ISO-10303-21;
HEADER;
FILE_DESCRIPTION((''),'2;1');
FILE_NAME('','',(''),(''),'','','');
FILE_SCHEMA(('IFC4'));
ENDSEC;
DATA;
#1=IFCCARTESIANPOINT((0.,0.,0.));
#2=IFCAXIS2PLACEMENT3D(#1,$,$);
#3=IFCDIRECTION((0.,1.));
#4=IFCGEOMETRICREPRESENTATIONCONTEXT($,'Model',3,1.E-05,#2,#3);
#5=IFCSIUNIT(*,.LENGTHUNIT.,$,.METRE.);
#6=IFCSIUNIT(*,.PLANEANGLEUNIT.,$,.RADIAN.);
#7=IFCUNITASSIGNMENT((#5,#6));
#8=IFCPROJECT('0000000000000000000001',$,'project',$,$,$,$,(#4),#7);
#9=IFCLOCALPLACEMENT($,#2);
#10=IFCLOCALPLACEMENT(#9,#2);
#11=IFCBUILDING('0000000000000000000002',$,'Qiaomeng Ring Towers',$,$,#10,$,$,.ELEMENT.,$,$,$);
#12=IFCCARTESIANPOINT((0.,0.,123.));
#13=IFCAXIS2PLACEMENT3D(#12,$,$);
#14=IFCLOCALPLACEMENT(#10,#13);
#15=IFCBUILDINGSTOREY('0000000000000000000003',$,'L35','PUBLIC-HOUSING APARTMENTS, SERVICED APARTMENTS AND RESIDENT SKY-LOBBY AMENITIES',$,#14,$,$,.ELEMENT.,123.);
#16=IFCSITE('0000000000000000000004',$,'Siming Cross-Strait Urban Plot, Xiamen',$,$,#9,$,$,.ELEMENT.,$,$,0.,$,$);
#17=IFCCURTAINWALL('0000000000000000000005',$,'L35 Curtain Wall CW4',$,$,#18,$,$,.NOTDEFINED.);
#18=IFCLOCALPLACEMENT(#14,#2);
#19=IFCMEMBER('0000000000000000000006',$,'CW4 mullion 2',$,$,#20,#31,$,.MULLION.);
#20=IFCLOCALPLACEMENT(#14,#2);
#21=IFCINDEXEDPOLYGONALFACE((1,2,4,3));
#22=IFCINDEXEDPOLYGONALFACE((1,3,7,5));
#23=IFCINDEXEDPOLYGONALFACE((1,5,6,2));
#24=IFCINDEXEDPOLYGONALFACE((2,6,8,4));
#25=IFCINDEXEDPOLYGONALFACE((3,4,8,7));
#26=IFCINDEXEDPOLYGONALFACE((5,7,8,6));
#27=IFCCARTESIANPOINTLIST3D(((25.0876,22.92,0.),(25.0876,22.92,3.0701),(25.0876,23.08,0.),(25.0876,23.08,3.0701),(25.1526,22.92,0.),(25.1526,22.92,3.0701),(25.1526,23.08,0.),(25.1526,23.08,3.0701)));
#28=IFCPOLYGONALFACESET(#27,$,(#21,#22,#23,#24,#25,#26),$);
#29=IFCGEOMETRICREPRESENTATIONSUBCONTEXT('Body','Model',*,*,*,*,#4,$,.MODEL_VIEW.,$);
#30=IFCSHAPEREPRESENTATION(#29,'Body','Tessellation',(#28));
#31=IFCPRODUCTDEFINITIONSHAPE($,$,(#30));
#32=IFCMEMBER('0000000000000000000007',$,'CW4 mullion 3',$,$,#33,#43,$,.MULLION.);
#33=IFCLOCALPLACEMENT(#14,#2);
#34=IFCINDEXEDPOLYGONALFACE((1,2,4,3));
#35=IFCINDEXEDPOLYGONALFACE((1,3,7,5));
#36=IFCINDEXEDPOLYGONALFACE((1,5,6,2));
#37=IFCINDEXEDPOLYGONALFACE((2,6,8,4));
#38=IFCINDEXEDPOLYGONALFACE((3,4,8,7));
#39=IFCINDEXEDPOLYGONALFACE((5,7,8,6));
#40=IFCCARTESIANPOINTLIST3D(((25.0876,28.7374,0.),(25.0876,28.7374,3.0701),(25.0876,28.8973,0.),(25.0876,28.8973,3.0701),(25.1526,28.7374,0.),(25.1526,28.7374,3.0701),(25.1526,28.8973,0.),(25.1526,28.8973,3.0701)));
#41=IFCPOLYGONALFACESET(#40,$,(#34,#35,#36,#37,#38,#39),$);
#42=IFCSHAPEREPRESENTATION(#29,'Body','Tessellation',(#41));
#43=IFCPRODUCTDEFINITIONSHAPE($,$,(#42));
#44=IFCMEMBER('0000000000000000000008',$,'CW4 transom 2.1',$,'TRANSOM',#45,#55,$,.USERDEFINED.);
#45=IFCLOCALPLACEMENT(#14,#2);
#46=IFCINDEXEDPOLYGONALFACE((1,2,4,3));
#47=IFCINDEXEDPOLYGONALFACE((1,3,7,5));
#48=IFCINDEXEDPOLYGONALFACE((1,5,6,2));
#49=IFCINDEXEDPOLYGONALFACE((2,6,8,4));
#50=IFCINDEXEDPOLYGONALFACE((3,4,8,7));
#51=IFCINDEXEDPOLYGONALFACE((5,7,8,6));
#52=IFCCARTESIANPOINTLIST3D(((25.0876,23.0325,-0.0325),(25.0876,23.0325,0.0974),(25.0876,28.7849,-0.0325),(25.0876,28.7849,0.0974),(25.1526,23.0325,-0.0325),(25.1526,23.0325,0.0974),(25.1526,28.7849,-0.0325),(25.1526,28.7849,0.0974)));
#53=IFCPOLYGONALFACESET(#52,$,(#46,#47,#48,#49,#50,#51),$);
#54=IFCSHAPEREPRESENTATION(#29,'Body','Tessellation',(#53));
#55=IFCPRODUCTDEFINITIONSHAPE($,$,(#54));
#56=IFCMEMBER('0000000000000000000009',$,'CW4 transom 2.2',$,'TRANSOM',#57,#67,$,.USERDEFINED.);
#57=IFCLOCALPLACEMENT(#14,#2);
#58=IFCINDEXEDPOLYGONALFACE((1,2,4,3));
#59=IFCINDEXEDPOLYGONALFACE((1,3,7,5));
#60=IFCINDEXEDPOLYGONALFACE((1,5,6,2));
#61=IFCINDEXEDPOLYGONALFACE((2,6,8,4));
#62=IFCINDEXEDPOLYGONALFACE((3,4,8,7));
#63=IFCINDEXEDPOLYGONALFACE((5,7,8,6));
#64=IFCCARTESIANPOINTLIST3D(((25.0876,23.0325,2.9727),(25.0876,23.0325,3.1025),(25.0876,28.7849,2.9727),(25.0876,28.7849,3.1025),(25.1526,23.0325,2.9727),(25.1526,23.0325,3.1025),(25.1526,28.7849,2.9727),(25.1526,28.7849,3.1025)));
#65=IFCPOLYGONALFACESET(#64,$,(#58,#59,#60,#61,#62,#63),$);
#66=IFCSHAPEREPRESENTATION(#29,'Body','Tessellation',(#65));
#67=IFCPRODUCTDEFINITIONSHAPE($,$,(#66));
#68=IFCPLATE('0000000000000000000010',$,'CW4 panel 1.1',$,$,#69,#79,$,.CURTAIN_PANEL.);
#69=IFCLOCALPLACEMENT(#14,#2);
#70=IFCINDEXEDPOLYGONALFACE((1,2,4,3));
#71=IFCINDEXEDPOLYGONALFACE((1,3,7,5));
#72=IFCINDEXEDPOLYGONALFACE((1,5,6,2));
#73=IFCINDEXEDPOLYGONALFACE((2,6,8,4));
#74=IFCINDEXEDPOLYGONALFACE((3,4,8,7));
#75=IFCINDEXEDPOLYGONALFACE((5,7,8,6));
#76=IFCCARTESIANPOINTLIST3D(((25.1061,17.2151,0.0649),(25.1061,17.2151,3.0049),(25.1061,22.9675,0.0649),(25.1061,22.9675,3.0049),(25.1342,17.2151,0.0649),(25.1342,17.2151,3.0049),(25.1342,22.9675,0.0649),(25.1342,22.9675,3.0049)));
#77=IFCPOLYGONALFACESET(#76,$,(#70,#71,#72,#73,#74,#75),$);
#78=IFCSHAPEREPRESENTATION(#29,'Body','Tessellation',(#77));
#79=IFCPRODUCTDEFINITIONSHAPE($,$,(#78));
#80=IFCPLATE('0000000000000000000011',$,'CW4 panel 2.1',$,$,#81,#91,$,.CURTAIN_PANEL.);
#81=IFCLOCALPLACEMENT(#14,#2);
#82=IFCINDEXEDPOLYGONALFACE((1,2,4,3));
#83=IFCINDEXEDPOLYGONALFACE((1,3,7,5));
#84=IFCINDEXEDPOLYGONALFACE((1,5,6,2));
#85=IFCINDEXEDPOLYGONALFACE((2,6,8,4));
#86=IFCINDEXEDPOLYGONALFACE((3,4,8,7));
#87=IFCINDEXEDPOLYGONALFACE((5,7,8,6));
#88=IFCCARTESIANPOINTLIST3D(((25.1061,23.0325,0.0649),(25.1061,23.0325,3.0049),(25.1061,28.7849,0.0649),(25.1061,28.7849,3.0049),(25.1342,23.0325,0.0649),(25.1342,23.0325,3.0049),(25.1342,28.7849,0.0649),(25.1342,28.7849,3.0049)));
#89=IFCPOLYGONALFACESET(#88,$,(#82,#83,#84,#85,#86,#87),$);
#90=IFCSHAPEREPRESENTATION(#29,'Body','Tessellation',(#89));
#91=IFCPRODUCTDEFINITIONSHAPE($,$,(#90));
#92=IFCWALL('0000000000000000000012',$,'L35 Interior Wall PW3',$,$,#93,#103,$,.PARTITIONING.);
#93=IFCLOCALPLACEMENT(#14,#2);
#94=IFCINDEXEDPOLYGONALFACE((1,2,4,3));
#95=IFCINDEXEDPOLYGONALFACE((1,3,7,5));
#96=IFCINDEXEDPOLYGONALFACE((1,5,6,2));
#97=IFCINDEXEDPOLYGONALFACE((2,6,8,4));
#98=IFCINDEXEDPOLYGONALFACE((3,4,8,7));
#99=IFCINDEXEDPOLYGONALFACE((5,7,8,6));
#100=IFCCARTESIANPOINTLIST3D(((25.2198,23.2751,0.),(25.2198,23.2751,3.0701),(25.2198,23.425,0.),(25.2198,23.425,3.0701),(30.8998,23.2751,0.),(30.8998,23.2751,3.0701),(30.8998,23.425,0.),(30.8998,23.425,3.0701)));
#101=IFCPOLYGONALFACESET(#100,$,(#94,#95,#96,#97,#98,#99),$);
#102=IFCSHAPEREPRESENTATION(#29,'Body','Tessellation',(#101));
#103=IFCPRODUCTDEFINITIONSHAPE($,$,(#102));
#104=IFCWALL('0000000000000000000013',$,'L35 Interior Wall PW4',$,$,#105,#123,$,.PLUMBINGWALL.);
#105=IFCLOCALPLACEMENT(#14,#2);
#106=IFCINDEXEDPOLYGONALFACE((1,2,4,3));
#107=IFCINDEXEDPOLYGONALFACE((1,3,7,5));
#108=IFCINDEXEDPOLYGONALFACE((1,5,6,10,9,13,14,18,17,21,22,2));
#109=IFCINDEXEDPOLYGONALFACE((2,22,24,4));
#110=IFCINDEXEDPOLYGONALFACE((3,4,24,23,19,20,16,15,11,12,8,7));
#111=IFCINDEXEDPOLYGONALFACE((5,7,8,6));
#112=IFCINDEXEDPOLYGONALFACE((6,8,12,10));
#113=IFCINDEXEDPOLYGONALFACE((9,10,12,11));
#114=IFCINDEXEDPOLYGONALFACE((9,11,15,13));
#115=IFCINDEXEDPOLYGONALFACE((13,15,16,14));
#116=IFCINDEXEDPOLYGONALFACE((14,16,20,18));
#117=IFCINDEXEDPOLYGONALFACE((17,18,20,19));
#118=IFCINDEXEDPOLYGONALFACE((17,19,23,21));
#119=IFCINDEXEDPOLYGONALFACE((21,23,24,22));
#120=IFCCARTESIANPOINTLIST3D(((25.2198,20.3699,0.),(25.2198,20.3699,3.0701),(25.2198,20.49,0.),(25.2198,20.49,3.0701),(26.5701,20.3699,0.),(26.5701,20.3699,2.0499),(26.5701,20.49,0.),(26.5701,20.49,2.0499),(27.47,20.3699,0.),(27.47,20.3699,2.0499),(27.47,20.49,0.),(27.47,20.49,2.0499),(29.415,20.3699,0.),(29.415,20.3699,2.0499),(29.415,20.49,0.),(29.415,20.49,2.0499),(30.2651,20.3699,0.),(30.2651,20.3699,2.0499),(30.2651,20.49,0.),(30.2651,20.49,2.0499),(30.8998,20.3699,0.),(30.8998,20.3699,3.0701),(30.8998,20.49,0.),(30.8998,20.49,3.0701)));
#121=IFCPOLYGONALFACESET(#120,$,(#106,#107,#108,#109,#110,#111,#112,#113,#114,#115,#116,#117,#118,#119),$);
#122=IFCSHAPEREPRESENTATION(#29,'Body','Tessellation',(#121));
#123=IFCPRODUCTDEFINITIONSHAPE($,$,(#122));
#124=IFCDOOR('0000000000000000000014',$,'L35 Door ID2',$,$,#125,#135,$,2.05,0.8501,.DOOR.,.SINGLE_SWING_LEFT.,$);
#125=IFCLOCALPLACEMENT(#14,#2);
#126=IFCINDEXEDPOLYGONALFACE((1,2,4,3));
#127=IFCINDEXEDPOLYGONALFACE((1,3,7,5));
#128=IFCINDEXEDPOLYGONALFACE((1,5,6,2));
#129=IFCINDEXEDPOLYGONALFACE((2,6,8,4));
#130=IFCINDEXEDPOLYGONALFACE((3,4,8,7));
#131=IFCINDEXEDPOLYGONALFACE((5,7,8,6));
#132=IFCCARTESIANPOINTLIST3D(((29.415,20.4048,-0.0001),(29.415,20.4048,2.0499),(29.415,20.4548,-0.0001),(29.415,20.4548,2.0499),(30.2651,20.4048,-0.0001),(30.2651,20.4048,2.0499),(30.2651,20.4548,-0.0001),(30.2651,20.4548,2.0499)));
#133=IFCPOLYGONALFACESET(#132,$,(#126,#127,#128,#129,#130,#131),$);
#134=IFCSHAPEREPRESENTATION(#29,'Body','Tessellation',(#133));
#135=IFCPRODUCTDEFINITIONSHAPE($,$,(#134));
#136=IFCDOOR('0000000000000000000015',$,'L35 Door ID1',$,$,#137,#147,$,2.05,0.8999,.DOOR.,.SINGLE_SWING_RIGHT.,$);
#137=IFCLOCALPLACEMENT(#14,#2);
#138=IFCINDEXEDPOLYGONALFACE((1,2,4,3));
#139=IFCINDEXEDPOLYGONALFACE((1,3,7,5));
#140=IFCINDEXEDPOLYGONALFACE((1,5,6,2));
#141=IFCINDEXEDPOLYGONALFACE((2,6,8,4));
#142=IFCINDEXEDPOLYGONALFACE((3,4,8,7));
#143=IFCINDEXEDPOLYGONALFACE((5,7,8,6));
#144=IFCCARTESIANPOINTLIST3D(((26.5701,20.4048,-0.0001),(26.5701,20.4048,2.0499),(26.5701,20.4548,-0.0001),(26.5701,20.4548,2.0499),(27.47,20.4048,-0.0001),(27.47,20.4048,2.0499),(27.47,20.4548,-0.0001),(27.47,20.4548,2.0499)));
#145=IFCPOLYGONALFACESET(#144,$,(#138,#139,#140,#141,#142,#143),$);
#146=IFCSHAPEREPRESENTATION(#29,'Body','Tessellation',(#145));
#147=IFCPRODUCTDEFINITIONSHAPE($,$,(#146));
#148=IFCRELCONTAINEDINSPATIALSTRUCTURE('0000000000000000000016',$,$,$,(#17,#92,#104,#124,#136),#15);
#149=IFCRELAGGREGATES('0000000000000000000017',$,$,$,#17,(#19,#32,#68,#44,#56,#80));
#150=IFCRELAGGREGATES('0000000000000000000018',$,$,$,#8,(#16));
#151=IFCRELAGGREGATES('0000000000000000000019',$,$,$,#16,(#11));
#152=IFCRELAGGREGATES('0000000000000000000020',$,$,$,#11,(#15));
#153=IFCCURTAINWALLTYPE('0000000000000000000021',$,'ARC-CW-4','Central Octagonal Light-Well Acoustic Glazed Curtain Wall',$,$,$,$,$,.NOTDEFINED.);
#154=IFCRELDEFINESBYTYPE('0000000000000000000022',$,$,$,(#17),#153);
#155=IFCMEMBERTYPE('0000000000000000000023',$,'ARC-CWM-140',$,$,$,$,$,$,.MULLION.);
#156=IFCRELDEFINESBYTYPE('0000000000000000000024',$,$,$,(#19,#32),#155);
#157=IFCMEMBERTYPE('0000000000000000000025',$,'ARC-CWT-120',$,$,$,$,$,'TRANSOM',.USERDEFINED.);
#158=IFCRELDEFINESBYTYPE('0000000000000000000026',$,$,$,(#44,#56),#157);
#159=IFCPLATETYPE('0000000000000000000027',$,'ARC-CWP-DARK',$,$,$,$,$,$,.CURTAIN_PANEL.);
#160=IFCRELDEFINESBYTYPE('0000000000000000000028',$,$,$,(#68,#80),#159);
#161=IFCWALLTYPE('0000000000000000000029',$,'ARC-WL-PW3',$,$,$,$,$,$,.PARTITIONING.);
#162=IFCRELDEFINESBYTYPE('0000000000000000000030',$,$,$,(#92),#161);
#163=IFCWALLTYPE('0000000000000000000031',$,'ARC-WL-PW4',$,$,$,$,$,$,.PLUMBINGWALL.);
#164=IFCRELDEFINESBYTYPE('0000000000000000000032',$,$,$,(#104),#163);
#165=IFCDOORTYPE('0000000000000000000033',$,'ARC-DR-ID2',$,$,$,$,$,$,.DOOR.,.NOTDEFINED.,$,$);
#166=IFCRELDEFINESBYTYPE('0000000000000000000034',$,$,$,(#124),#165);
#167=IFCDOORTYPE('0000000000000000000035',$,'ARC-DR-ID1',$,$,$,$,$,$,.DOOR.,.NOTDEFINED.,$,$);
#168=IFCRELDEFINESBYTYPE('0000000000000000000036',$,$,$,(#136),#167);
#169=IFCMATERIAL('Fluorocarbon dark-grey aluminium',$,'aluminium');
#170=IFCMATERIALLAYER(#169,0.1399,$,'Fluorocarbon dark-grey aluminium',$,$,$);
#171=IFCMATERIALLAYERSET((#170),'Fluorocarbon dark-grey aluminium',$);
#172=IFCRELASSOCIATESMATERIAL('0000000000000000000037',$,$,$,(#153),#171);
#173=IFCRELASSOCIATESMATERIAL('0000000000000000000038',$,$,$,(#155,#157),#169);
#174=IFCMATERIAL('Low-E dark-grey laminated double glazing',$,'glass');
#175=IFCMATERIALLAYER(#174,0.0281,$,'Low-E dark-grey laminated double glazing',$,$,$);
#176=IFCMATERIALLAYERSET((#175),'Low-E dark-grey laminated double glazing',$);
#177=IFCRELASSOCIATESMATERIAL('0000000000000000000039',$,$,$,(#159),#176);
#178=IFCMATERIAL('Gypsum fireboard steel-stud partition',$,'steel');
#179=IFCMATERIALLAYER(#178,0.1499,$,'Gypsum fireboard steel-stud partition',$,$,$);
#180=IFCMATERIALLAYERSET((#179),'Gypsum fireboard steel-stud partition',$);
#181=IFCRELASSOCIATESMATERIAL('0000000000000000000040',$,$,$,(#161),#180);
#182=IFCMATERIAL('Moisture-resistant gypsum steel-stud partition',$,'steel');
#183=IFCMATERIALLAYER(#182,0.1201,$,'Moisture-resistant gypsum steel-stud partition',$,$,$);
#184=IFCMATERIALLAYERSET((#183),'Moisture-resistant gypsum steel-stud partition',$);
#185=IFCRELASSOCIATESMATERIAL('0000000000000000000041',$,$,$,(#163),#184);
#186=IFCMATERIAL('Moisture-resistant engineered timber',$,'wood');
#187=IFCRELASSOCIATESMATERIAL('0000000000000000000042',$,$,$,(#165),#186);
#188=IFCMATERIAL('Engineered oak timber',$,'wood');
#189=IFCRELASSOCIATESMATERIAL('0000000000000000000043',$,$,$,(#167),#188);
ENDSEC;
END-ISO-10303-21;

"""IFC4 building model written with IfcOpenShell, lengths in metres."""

from ifc_helpers import new_model, si_unit, direction, frame, frame_2d, origin, origin_2d, place, context, subcontext, project, spatial, rectangle, extrude, source, transform, mapped, material, layer, layer_set, material_profile, profile_set, type_object, element, fill, aggregate, save


model = new_model("IFC4")

# Units and contexts
model_context = context("Model", 3, precision=1e-05, world=origin(), true_north=direction((0.0, 1.0)))
body_context = subcontext(model_context, "Body", "Model", "MODEL_VIEW")
ifc_project = project(units=[si_unit("LENGTHUNIT", "METRE"), si_unit("PLANEANGLEUNIT", "RADIAN")], contexts=[model_context])

# Site, building, storey
site_placement = place(None, origin())
site = spatial("IfcSite", under=ifc_project, at=site_placement, Name="Siming Cross-Strait Urban Plot, Xiamen", CompositionType="ELEMENT", RefElevation=0.0)
building_placement = place(site_placement, origin())
building = spatial("IfcBuilding", under=site, at=building_placement, Name="Qiaomeng Ring Towers", CompositionType="ELEMENT")
storey_placement = place(building_placement, frame((0.0, 0.0, 123.0)))
storey = spatial("IfcBuildingStorey", under=building, at=storey_placement, Name="L35", Description="PUBLIC-HOUSING APARTMENTS, SERVICED APARTMENTS AND RESIDENT SKY-LOBBY AMENITIES", CompositionType="ELEMENT", Elevation=123.0)

# Curtain wall, members, plates
ifc_material_1 = material(Name="Fluorocarbon dark-grey aluminium", Category="aluminium")
ifc_layer_1 = layer(ifc_material_1, 0.1399, Name="Fluorocarbon dark-grey aluminium")
ifc_layer_set_1 = layer_set([ifc_layer_1], Name="Fluorocarbon dark-grey aluminium")
curtain_wall_type = type_object("IfcCurtainWallType", Name="ARC-CW-4", Description="Central Octagonal Light-Well Acoustic Glazed Curtain Wall", PredefinedType="NOTDEFINED", material=ifc_layer_set_1)
curtain_wall_placement = place(storey_placement, origin())
curtain_wall = element("IfcCurtainWall", 1, at=curtain_wall_placement, inside=storey, type_object=curtain_wall_type, Name="L35 Curtain Wall CW4", PredefinedType="NOTDEFINED")
ifc_material_profile_1 = material_profile(ifc_material_1, rectangle(XDim=0.0649, YDim=0.1599, at=origin_2d()), Name="ALU MULL 65x160")
ifc_profile_set_1 = profile_set([ifc_material_profile_1], Name="Fluorocarbon dark-grey aluminium")
member_type_1 = type_object("IfcMemberType", Name="ARC-CWM-140", PredefinedType="MULLION", material=ifc_profile_set_1)
shared_shape_1 = source(origin(), body_context, "Body", "SweptSolid", [
    extrude(rectangle(XDim=0.0649, YDim=0.1599, at=origin_2d()), origin(), (0.0, 0.0, 1.0), 3.0701),
])
member_1_placement = place(storey_placement, frame((25.1201, 23.0, 0.0), z_axis=(0.0, 0.0, 1.0), x_axis=(-1.0, 0.0, 0.0)))
member_1 = element("IfcMember", 2, at=member_1_placement, type_object=member_type_1, Name="CW4 mullion 2", PredefinedType="MULLION", context=body_context, shape_type="MappedRepresentation", body=[
    mapped(shared_shape_1, transform((0.0, 0.0, 0.0), x_axis=(1.0, 0.0, 0.0), y_axis=(0.0, 1.0, 0.0), z_axis=(0.0, 0.0, 1.0), scale=1.0)),
])
member_2_placement = place(storey_placement, frame((25.1201, 28.8174, 0.0), z_axis=(0.0, 0.0, 1.0), x_axis=(-1.0, 0.0, 0.0)))
member_2 = element("IfcMember", 3, at=member_2_placement, type_object=member_type_1, Name="CW4 mullion 3", PredefinedType="MULLION", context=body_context, shape_type="MappedRepresentation", body=[
    mapped(shared_shape_1, transform((0.0, 0.0, 0.0), x_axis=(1.0, 0.0, 0.0), y_axis=(0.0, 1.0, 0.0), z_axis=(0.0, 0.0, 1.0), scale=1.0)),
])
ifc_material_profile_2 = material_profile(ifc_material_1, rectangle(XDim=0.0649, YDim=0.1299, at=origin_2d()), Name="ALU TRAN 65x130")
ifc_profile_set_2 = profile_set([ifc_material_profile_2], Name="Fluorocarbon dark-grey aluminium")
member_type_2 = type_object("IfcMemberType", Name="ARC-CWT-120", ElementType="TRANSOM", PredefinedType="USERDEFINED", material=ifc_profile_set_2)
shared_shape_2 = source(origin(), body_context, "Body", "SweptSolid", [
    extrude(rectangle(XDim=0.0649, YDim=0.1299, at=origin_2d()), origin(), (0.0, 0.0, 1.0), 5.7524),
])
member_3_placement = place(storey_placement, frame((25.1201, 23.0325, 0.0325), z_axis=(0.0, 1.0, 0.0), x_axis=(-1.0, 0.0, 0.0)))
member_3 = element("IfcMember", 4, at=member_3_placement, type_object=member_type_2, Name="CW4 transom 2.1", ObjectType="TRANSOM", PredefinedType="USERDEFINED", context=body_context, shape_type="MappedRepresentation", body=[
    mapped(shared_shape_2, transform((0.0, 0.0, 0.0), x_axis=(1.0, 0.0, 0.0), y_axis=(0.0, 1.0, 0.0), z_axis=(0.0, 0.0, 1.0), scale=1.0)),
])
member_4_placement = place(storey_placement, frame((25.1201, 23.0325, 3.0376), z_axis=(0.0, 1.0, 0.0), x_axis=(-1.0, 0.0, 0.0)))
member_4 = element("IfcMember", 5, at=member_4_placement, type_object=member_type_2, Name="CW4 transom 2.2", ObjectType="TRANSOM", PredefinedType="USERDEFINED", context=body_context, shape_type="MappedRepresentation", body=[
    mapped(shared_shape_2, transform((0.0, 0.0, 0.0), x_axis=(1.0, 0.0, 0.0), y_axis=(0.0, 1.0, 0.0), z_axis=(0.0, 0.0, 1.0), scale=1.0)),
])
ifc_material_2 = material(Name="Low-E dark-grey laminated double glazing", Category="glass")
ifc_layer_2 = layer(ifc_material_2, 0.0281, Name="Low-E dark-grey laminated double glazing")
ifc_layer_set_2 = layer_set([ifc_layer_2], Name="Low-E dark-grey laminated double glazing")
plate_type = type_object("IfcPlateType", Name="ARC-CWP-DARK", PredefinedType="CURTAIN_PANEL", material=ifc_layer_set_2)
shared_shape_3 = source(origin(), body_context, "Body", "SweptSolid", [
    extrude(rectangle(XDim=5.7524, YDim=0.0281, at=origin_2d()), origin(), (0.0, 0.0, 1.0), 2.9399),
])
plate_1_placement = place(storey_placement, frame((25.1201, 20.0913, 0.0649), z_axis=(0.0, 0.0, 1.0), x_axis=(0.0, 1.0, 0.0)))
plate_1 = element("IfcPlate", 6, at=plate_1_placement, type_object=plate_type, Name="CW4 panel 1.1", PredefinedType="CURTAIN_PANEL", context=body_context, shape_type="MappedRepresentation", body=[
    mapped(shared_shape_3, transform((0.0, 0.0, 0.0), x_axis=(1.0, 0.0, 0.0), y_axis=(0.0, 1.0, 0.0), z_axis=(0.0, 0.0, 1.0), scale=1.0)),
])
plate_2_placement = place(storey_placement, frame((25.1201, 25.9087, 0.0649), z_axis=(0.0, 0.0, 1.0), x_axis=(0.0, 1.0, 0.0)))
plate_2 = element("IfcPlate", 7, at=plate_2_placement, type_object=plate_type, Name="CW4 panel 2.1", PredefinedType="CURTAIN_PANEL", context=body_context, shape_type="MappedRepresentation", body=[
    mapped(shared_shape_3, transform((0.0, 0.0, 0.0), x_axis=(1.0, 0.0, 0.0), y_axis=(0.0, 1.0, 0.0), z_axis=(0.0, 0.0, 1.0), scale=1.0)),
])
aggregate(curtain_wall, [member_1, member_2, plate_1, member_3, member_4, plate_2])

# Wall
ifc_material_3 = material(Name="Gypsum fireboard steel-stud partition", Category="steel")
ifc_layer_3 = layer(ifc_material_3, 0.1499, Name="Gypsum fireboard steel-stud partition")
ifc_layer_set_3 = layer_set([ifc_layer_3], Name="Gypsum fireboard steel-stud partition")
wall_type_1 = type_object("IfcWallType", Name="ARC-WL-PW3", PredefinedType="PARTITIONING", material=ifc_layer_set_3)
wall_1_placement = place(storey_placement, frame((25.22, 23.3501, 0.0), z_axis=(0.0, 0.0, 1.0), x_axis=(1.0, 0.0, 0.0)))
element("IfcWall", 8, at=wall_1_placement, inside=storey, type_object=wall_type_1, Name="L35 Interior Wall PW3", PredefinedType="PARTITIONING", context=body_context, shape_type="SweptSolid", body=[
    extrude(rectangle(XDim=5.6799, YDim=0.1499, at=frame_2d((2.8398, 0.0))), origin(), (0.0, 0.0, 1.0), 3.0701),
])

# Wall, openings, doors
ifc_material_4 = material(Name="Moisture-resistant gypsum steel-stud partition", Category="steel")
ifc_layer_4 = layer(ifc_material_4, 0.1201, Name="Moisture-resistant gypsum steel-stud partition")
ifc_layer_set_4 = layer_set([ifc_layer_4], Name="Moisture-resistant gypsum steel-stud partition")
wall_type_2 = type_object("IfcWallType", Name="ARC-WL-PW4", PredefinedType="PLUMBINGWALL", material=ifc_layer_set_4)
wall_2_placement = place(storey_placement, frame((25.22, 20.4299, 0.0), z_axis=(0.0, 0.0, 1.0), x_axis=(1.0, 0.0, 0.0)))
wall_2 = element("IfcWall", 9, at=wall_2_placement, inside=storey, type_object=wall_type_2, Name="L35 Interior Wall PW4", PredefinedType="PLUMBINGWALL", context=body_context, shape_type="SweptSolid", body=[
    extrude(rectangle(XDim=5.6799, YDim=0.1201, at=frame_2d((2.8398, 0.0))), origin(), (0.0, 0.0, 1.0), 3.0701),
])
opening_1_placement = place(wall_2_placement, frame((1.3501, 0.0, 0.0)))
opening_1 = element("IfcOpeningElement", 10, at=opening_1_placement, cuts=wall_2, PredefinedType="OPENING", context=body_context, shape_type="SweptSolid", body=[
    extrude(rectangle(XDim=0.8999, YDim=2.05, at=frame_2d((0.45, 1.0249))), frame((0.0, 0.0701, 0.0), z_axis=(0.0, -1.0, 0.0), x_axis=(1.0, 0.0, 0.0)), (0.0, 0.0, 1.0), 0.1401),
])
opening_2_placement = place(wall_2_placement, frame((4.1951, 0.0, 0.0)))
opening_2 = element("IfcOpeningElement", 11, at=opening_2_placement, cuts=wall_2, PredefinedType="OPENING", context=body_context, shape_type="SweptSolid", body=[
    extrude(rectangle(XDim=0.8501, YDim=2.05, at=frame_2d((0.425, 1.0249))), frame((0.0, 0.0701, 0.0), z_axis=(0.0, -1.0, 0.0), x_axis=(1.0, 0.0, 0.0)), (0.0, 0.0, 1.0), 0.1401),
])
ifc_material_5 = material(Name="Moisture-resistant engineered timber", Category="wood")
door_type_1 = type_object("IfcDoorType", Name="ARC-DR-ID2", OperationType="NOTDEFINED", PredefinedType="DOOR", material=ifc_material_5)
shared_shape_4 = source(origin(), body_context, "Body", "SweptSolid", [
    extrude(rectangle(XDim=0.8501, YDim=2.05, at=frame_2d((0.425, 1.0249))), frame((0.0, 0.0249, 0.0), z_axis=(0.0, -1.0, 0.0), x_axis=(1.0, 0.0, 0.0)), (0.0, 0.0, 1.0), 0.05),
])
door_1_placement = place(opening_2_placement, origin())
door_1 = element("IfcDoor", 12, at=door_1_placement, inside=storey, type_object=door_type_1, Name="L35 Door ID2", OperationType="SINGLE_SWING_LEFT", OverallHeight=2.05, OverallWidth=0.8501, PredefinedType="DOOR", context=body_context, shape_type="MappedRepresentation", body=[
    mapped(shared_shape_4, transform((0.0, 0.0, 0.0), x_axis=(1.0, 0.0, 0.0), y_axis=(0.0, 1.0, 0.0), z_axis=(0.0, 0.0, 1.0), scale=1.0)),
])
fill(opening_2, door_1)
ifc_material_6 = material(Name="Engineered oak timber", Category="wood")
door_type_2 = type_object("IfcDoorType", Name="ARC-DR-ID1", OperationType="NOTDEFINED", PredefinedType="DOOR", material=ifc_material_6)
shared_shape_5 = source(origin(), body_context, "Body", "SweptSolid", [
    extrude(rectangle(XDim=0.8999, YDim=2.05, at=frame_2d((0.45, 1.0249))), frame((0.0, 0.0249, 0.0), z_axis=(0.0, -1.0, 0.0), x_axis=(1.0, 0.0, 0.0)), (0.0, 0.0, 1.0), 0.05),
])
door_2_placement = place(opening_1_placement, origin())
door_2 = element("IfcDoor", 13, at=door_2_placement, inside=storey, type_object=door_type_2, Name="L35 Door ID1", OperationType="SINGLE_SWING_RIGHT", OverallHeight=2.05, OverallWidth=0.8999, PredefinedType="DOOR", context=body_context, shape_type="MappedRepresentation", body=[
    mapped(shared_shape_5, transform((0.0, 0.0, 0.0), x_axis=(1.0, 0.0, 0.0), y_axis=(0.0, 1.0, 0.0), z_axis=(0.0, 0.0, 1.0), scale=1.0)),
])
fill(opening_1, door_2)

save(model, "model.ifc")
